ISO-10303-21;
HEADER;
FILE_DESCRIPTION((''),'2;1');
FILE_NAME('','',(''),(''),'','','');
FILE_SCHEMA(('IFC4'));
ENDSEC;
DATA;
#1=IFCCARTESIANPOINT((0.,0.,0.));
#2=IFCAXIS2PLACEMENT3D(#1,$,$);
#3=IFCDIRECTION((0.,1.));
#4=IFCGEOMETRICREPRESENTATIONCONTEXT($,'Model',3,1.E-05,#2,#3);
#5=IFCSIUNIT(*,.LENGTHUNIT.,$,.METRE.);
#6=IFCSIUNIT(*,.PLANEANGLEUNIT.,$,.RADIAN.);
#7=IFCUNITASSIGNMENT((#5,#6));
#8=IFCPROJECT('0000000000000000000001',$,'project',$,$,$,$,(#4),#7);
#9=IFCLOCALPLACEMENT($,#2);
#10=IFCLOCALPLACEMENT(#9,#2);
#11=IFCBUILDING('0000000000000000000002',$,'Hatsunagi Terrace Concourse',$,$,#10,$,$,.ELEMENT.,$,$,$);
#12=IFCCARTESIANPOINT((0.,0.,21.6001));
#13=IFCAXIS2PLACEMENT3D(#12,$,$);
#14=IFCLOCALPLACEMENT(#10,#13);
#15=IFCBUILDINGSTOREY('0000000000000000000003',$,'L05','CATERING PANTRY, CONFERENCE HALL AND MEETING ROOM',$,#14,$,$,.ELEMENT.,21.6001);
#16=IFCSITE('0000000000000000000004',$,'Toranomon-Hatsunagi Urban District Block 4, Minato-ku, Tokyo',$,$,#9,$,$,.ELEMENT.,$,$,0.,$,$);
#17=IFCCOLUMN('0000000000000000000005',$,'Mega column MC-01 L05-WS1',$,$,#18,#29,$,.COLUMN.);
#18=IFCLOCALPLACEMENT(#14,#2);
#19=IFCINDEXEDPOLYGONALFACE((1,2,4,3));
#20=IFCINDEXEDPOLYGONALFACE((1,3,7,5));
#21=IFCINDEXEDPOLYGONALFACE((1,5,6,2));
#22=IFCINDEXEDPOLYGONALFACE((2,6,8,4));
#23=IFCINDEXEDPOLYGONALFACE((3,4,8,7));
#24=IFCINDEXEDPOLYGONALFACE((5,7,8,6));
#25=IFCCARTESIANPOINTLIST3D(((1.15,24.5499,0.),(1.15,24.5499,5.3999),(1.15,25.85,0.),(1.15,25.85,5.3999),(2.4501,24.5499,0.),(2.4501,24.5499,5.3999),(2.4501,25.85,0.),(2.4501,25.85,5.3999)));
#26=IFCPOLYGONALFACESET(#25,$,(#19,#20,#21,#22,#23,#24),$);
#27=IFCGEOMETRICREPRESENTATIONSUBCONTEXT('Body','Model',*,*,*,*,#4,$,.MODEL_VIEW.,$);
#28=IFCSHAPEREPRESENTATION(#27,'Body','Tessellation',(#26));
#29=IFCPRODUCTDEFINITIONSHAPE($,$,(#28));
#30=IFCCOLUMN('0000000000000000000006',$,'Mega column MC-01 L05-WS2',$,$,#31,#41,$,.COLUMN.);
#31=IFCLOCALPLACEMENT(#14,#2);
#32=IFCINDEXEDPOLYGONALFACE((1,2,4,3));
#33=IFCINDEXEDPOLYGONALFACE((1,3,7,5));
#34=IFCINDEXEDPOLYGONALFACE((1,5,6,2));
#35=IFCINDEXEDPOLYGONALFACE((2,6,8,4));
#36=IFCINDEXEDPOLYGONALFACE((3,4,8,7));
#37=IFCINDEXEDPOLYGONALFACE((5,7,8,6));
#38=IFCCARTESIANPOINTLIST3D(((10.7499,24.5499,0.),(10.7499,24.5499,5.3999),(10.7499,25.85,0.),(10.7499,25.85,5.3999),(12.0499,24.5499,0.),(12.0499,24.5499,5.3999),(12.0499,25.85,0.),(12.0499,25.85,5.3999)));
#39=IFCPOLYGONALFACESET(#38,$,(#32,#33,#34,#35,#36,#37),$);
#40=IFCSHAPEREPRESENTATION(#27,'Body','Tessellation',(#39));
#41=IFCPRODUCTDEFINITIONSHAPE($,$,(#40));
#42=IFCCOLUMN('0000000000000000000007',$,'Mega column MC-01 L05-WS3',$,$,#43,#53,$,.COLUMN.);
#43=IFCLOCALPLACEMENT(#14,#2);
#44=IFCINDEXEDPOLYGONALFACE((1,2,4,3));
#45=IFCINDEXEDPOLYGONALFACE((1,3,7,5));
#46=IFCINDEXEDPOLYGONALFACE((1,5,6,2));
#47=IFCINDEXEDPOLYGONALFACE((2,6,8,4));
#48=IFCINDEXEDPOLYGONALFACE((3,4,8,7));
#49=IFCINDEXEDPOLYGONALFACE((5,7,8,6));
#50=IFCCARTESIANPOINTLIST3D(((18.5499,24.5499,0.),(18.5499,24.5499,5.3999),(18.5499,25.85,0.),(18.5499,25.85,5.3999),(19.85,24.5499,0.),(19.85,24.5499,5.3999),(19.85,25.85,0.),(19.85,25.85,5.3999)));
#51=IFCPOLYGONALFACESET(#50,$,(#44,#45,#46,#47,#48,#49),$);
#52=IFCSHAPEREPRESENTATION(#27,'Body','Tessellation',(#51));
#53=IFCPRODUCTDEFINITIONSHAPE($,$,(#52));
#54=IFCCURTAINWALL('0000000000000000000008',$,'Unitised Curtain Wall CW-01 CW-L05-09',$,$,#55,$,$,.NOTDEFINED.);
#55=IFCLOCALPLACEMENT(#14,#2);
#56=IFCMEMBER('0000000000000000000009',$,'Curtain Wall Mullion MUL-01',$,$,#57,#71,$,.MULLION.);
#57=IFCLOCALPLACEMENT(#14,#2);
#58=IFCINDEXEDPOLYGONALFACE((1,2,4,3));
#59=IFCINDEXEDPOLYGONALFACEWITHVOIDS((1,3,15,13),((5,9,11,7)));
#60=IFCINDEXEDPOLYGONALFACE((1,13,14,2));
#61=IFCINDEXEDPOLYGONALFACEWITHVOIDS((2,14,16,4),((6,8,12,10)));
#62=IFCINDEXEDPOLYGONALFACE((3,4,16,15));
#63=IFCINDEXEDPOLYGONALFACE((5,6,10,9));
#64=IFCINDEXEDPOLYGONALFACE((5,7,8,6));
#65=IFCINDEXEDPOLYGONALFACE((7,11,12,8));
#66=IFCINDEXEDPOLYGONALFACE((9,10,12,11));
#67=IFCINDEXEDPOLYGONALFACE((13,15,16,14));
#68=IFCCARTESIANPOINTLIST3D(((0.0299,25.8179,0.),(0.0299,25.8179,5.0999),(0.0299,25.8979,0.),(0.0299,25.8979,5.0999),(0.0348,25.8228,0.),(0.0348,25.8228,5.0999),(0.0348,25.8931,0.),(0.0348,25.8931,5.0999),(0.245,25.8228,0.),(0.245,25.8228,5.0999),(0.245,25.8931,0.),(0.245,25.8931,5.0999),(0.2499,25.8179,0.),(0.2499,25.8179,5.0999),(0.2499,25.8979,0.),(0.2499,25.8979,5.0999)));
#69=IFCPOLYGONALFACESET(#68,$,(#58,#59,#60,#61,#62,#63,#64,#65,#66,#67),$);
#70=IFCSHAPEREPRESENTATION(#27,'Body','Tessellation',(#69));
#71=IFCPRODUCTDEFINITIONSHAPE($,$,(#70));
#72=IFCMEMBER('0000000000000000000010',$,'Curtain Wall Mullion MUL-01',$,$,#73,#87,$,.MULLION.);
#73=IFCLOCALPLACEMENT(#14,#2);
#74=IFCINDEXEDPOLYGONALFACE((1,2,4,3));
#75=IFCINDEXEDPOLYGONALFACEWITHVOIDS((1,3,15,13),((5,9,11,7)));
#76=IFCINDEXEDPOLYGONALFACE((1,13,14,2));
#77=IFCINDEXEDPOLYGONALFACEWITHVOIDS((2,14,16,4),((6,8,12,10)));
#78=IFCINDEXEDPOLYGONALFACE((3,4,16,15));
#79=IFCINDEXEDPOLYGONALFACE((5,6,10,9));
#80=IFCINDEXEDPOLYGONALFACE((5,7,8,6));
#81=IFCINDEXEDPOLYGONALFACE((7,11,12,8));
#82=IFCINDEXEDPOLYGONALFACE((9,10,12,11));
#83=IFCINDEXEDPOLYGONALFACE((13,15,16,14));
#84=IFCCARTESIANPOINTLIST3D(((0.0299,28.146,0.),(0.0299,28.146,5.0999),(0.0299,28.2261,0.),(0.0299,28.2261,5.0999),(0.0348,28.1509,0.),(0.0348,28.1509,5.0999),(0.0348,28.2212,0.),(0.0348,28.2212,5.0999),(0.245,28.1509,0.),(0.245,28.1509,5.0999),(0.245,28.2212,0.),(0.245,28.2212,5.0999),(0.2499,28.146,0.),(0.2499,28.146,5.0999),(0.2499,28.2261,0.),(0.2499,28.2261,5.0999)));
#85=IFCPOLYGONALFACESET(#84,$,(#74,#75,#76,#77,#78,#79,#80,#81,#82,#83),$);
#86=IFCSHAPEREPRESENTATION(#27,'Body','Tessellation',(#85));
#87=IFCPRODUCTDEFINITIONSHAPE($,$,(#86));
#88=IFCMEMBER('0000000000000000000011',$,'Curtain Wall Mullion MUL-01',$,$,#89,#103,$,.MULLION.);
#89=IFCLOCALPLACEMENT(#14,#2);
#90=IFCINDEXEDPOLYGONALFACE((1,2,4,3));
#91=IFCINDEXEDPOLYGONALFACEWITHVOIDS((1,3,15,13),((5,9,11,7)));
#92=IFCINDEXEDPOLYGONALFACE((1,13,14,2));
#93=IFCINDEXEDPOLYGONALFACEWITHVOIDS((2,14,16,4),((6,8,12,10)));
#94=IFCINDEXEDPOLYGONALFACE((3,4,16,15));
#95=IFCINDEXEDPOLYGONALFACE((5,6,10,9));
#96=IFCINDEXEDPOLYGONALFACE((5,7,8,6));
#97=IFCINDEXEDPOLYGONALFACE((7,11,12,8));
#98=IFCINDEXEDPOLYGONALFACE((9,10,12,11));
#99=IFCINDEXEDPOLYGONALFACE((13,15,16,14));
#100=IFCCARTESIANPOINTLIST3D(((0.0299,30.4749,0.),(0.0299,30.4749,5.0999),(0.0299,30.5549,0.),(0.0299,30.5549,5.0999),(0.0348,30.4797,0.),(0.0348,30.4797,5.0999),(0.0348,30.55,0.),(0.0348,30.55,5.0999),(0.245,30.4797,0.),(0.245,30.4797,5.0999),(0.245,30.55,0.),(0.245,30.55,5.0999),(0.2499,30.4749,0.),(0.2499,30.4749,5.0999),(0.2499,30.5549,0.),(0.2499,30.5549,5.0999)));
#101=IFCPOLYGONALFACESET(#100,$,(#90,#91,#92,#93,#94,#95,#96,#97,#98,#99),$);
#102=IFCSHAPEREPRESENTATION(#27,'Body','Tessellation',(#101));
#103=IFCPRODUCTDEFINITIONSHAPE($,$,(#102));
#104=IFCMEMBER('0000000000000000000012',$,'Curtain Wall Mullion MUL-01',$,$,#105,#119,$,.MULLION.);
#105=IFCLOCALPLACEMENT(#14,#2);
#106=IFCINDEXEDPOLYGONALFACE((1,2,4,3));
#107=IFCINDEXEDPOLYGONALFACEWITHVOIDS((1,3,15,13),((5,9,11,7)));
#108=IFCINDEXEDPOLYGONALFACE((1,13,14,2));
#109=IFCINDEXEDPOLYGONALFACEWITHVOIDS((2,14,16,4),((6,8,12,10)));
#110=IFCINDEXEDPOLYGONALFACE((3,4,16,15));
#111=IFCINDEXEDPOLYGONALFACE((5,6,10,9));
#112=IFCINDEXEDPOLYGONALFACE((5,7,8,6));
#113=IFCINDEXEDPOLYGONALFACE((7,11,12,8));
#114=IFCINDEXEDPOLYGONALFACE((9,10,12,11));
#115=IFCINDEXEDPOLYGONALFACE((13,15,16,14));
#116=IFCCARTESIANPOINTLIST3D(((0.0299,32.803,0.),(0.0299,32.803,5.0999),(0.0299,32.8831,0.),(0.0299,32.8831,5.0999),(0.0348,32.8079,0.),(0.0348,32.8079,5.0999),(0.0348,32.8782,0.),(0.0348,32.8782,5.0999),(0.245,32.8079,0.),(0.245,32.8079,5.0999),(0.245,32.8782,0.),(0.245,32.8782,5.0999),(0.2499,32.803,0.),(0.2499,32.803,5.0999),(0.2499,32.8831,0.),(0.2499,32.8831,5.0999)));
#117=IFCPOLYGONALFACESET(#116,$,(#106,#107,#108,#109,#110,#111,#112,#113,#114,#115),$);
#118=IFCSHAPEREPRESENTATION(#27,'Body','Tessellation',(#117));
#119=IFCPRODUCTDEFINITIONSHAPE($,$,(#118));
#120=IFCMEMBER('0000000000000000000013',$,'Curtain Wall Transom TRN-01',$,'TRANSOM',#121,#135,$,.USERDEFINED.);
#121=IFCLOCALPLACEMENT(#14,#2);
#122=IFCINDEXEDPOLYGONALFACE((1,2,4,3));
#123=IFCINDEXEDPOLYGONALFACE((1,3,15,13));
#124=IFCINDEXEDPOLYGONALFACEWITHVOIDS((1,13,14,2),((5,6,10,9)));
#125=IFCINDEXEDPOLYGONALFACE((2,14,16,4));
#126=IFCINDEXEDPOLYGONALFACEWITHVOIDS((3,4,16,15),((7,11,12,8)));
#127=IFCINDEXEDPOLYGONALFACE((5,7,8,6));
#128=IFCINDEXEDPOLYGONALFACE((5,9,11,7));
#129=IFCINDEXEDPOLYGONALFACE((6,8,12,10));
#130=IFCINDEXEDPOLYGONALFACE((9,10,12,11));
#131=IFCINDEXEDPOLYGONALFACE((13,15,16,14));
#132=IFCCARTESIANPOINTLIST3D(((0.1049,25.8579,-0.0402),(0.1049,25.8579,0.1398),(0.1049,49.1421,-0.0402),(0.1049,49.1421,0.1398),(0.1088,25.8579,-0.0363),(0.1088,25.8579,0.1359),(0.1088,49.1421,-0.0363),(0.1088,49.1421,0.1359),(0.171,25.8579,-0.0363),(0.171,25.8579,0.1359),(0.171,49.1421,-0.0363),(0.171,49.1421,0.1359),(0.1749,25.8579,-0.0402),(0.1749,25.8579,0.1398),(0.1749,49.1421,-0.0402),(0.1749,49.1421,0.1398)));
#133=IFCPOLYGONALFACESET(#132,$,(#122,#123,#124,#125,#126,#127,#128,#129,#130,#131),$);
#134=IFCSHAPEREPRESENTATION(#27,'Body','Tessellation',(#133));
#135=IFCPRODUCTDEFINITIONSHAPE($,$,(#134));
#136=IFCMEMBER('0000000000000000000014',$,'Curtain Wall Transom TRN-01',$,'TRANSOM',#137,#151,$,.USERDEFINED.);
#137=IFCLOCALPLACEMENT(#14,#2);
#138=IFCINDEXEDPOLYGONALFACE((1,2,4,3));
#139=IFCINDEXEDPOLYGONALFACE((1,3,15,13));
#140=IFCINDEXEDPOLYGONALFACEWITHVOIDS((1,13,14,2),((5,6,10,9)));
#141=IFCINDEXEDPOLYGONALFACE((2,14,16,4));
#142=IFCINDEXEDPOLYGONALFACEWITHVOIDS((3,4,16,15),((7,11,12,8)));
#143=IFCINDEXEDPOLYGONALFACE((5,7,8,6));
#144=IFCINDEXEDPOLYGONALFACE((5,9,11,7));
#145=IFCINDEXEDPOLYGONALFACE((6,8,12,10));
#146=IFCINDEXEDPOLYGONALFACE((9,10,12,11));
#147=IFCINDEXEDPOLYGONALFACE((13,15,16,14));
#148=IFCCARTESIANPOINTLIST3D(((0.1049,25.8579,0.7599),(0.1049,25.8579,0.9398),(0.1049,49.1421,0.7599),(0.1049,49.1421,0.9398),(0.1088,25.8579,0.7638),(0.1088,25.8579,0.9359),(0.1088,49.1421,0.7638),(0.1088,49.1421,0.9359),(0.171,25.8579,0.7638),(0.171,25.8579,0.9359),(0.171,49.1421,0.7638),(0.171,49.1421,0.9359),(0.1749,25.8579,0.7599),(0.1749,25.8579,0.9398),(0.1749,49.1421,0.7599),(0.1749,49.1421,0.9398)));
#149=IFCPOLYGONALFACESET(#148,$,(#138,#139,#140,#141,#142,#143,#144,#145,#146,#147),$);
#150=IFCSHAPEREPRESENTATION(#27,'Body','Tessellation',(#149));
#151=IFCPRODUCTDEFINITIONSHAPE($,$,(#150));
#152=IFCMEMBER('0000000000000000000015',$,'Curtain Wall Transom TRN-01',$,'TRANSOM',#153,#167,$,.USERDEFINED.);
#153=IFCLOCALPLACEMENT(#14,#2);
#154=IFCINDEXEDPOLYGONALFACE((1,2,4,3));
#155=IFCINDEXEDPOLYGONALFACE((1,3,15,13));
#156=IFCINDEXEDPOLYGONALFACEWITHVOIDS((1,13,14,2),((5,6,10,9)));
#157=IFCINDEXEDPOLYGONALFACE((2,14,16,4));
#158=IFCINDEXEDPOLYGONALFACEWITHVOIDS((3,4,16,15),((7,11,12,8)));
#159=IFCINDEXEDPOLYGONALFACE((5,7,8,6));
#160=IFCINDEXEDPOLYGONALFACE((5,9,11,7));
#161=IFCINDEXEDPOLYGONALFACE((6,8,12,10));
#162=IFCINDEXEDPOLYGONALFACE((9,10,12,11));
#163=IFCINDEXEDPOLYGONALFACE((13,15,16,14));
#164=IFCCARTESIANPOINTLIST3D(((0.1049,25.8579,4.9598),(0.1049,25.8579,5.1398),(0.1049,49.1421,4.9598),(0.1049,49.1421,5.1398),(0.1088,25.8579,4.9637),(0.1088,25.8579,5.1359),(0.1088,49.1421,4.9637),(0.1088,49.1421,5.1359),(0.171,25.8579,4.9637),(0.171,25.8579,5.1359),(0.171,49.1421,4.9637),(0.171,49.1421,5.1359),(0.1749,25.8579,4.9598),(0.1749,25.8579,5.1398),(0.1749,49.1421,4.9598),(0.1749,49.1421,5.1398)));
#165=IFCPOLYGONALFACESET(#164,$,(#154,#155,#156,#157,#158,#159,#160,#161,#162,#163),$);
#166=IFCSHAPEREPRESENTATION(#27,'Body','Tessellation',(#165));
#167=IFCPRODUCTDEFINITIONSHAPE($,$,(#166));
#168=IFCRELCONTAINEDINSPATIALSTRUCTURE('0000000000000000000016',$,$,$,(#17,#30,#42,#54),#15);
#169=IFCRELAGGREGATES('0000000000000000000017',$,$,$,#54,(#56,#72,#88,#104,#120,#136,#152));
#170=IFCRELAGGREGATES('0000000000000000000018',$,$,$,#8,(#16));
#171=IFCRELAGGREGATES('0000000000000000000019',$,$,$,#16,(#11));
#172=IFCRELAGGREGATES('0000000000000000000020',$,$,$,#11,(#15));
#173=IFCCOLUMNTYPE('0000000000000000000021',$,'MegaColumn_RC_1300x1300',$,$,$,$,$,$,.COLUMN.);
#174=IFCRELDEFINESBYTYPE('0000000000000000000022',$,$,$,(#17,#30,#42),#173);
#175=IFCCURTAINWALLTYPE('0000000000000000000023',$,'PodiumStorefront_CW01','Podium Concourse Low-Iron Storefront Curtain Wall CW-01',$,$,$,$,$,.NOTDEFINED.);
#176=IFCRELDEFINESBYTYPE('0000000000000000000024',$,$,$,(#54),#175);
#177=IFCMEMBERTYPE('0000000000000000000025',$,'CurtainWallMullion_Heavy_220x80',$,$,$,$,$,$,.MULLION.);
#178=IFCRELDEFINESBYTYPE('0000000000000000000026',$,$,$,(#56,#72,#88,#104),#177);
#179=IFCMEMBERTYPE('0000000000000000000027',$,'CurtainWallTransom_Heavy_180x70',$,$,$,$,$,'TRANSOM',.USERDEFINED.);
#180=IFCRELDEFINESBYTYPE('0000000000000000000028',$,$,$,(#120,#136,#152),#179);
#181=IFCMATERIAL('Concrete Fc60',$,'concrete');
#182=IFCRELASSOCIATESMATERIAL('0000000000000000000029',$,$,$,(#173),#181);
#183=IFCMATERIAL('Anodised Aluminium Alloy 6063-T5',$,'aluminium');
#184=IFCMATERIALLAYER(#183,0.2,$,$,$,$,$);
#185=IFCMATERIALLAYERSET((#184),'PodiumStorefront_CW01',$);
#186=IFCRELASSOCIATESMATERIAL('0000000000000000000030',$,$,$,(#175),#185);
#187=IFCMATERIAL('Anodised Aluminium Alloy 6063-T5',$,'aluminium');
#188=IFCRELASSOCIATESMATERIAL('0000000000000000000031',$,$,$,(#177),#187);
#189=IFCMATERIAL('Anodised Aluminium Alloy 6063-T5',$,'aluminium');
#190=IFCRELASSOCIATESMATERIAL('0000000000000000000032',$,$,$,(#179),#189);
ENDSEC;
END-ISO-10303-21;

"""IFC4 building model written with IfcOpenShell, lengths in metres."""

from ifc_helpers import new_model, si_unit, direction, frame, origin, origin_2d, place, context, subcontext, project, spatial, rectangle, hollow_rectangle, extrude, material, layer, layer_set, material_profile, profile_set, type_object, element, aggregate, save


model = new_model("IFC4")

# Units and contexts
model_context = context("Model", 3, precision=1e-05, world=origin(), true_north=direction((0.0, 1.0)))
body_context = subcontext(model_context, "Body", "Model", "MODEL_VIEW")
ifc_project = project(units=[si_unit("LENGTHUNIT", "METRE"), si_unit("PLANEANGLEUNIT", "RADIAN")], contexts=[model_context])

# Site, building, storey
site_placement = place(None, origin())
site = spatial("IfcSite", under=ifc_project, at=site_placement, Name="Toranomon-Hatsunagi Urban District Block 4, Minato-ku, Tokyo", CompositionType="ELEMENT", RefElevation=0.0)
building_placement = place(site_placement, origin())
building = spatial("IfcBuilding", under=site, at=building_placement, Name="Hatsunagi Terrace Concourse", CompositionType="ELEMENT")
storey_placement = place(building_placement, frame((0.0, 0.0, 21.6001)))
storey = spatial("IfcBuildingStorey", under=building, at=storey_placement, Name="L05", Description="CATERING PANTRY, CONFERENCE HALL AND MEETING ROOM", CompositionType="ELEMENT", Elevation=21.6001)

# Columns
ifc_material_1 = material(Name="Concrete Fc60", Category="concrete")
ifc_material_profile_1 = material_profile(ifc_material_1, rectangle(XDim=1.3, YDim=1.3, at=origin_2d()), Name="RC-1300x1300")
ifc_profile_set_1 = profile_set([ifc_material_profile_1], Name="Concrete Fc60")
column_type = type_object("IfcColumnType", Name="MegaColumn_RC_1300x1300", PredefinedType="COLUMN", material=ifc_profile_set_1)
for number, where, z_axis, x_axis, name in (
    (1, (1.8, 25.2, 0.0), (0.0, 0.0, 1.0), (1.0, 0.0, 0.0), "Mega column MC-01 L05-WS1"),
    (2, (11.3999, 25.2, 0.0), (0.0, 0.0, 1.0), (1.0, 0.0, 0.0), "Mega column MC-01 L05-WS2"),
    (3, (19.2, 25.2, 0.0), (0.0, 0.0, 1.0), (1.0, 0.0, 0.0), "Mega column MC-01 L05-WS3"),
):
    element("IfcColumn", number, at=place(storey_placement, frame(where, z_axis=z_axis, x_axis=x_axis)), inside=storey, type_object=column_type, Name=name, PredefinedType="COLUMN", context=body_context, shape_type="SweptSolid", body=[
        extrude(rectangle(XDim=1.3, YDim=1.3, at=origin_2d()), origin(), (0.0, 0.0, 1.0), 5.3999),
    ])

# Curtain wall, members
ifc_material_2 = material(Name="Anodised Aluminium Alloy 6063-T5", Category="aluminium")
ifc_layer_1 = layer(ifc_material_2, 0.2)
ifc_layer_set_1 = layer_set([ifc_layer_1], Name="PodiumStorefront_CW01")
curtain_wall_type = type_object("IfcCurtainWallType", Name="PodiumStorefront_CW01", Description="Podium Concourse Low-Iron Storefront Curtain Wall CW-01", PredefinedType="NOTDEFINED", material=ifc_layer_set_1)
curtain_wall_placement = place(storey_placement, origin())
curtain_wall = element("IfcCurtainWall", 4, at=curtain_wall_placement, inside=storey, type_object=curtain_wall_type, Name="Unitised Curtain Wall CW-01 CW-L05-09", PredefinedType="NOTDEFINED")
ifc_material_3 = material(Name="Anodised Aluminium Alloy 6063-T5", Category="aluminium")
ifc_material_profile_2 = material_profile(ifc_material_3, hollow_rectangle(XDim=0.0801, YDim=0.22, WallThickness=0.0049, at=origin_2d()), Name="ALU-MUL-220x80x5")
ifc_profile_set_2 = profile_set([ifc_material_profile_2], Name="Anodised Aluminium Alloy 6063-T5")
member_type_1 = type_object("IfcMemberType", Name="CurtainWallMullion_Heavy_220x80", PredefinedType="MULLION", material=ifc_profile_set_2)
member_1_placement = place(storey_placement, frame((0.1399, 25.8579, 0.0), z_axis=(0.0, 0.0, 1.0), x_axis=(0.0, 1.0, 0.0)))
member_1 = element("IfcMember", 5, at=member_1_placement, type_object=member_type_1, Name="Curtain Wall Mullion MUL-01", PredefinedType="MULLION", context=body_context, shape_type="SweptSolid", body=[
    extrude(hollow_rectangle(XDim=0.0801, YDim=0.22, WallThickness=0.0049, at=origin_2d()), origin(), (0.0, 0.0, 1.0), 5.0999),
])
member_2_placement = place(storey_placement, frame((0.1399, 28.186, 0.0), z_axis=(0.0, 0.0, 1.0), x_axis=(0.0, 1.0, 0.0)))
member_2 = element("IfcMember", 6, at=member_2_placement, type_object=member_type_1, Name="Curtain Wall Mullion MUL-01", PredefinedType="MULLION", context=body_context, shape_type="SweptSolid", body=[
    extrude(hollow_rectangle(XDim=0.0801, YDim=0.22, WallThickness=0.0049, at=origin_2d()), origin(), (0.0, 0.0, 1.0), 5.0999),
])
member_3_placement = place(storey_placement, frame((0.1399, 30.5149, 0.0), z_axis=(0.0, 0.0, 1.0), x_axis=(0.0, 1.0, 0.0)))
member_3 = element("IfcMember", 7, at=member_3_placement, type_object=member_type_1, Name="Curtain Wall Mullion MUL-01", PredefinedType="MULLION", context=body_context, shape_type="SweptSolid", body=[
    extrude(hollow_rectangle(XDim=0.0801, YDim=0.22, WallThickness=0.0049, at=origin_2d()), origin(), (0.0, 0.0, 1.0), 5.0999),
])
member_4_placement = place(storey_placement, frame((0.1399, 32.843, 0.0), z_axis=(0.0, 0.0, 1.0), x_axis=(0.0, 1.0, 0.0)))
member_4 = element("IfcMember", 8, at=member_4_placement, type_object=member_type_1, Name="Curtain Wall Mullion MUL-01", PredefinedType="MULLION", context=body_context, shape_type="SweptSolid", body=[
    extrude(hollow_rectangle(XDim=0.0801, YDim=0.22, WallThickness=0.0049, at=origin_2d()), origin(), (0.0, 0.0, 1.0), 5.0999),
])
ifc_material_4 = material(Name="Anodised Aluminium Alloy 6063-T5", Category="aluminium")
ifc_material_profile_3 = material_profile(ifc_material_4, hollow_rectangle(XDim=0.0701, YDim=0.1799, WallThickness=0.0039, at=origin_2d()), Name="ALU-TRN-180x70x4")
ifc_profile_set_3 = profile_set([ifc_material_profile_3], Name="Anodised Aluminium Alloy 6063-T5")
member_type_2 = type_object("IfcMemberType", Name="CurtainWallTransom_Heavy_180x70", ElementType="TRANSOM", PredefinedType="USERDEFINED", material=ifc_profile_set_3)
member_5_placement = place(storey_placement, frame((0.1399, 25.8579, 0.0498), z_axis=(0.0, 1.0, 0.0), x_axis=(-1.0, 0.0, 0.0)))
member_5 = element("IfcMember", 9, at=member_5_placement, type_object=member_type_2, Name="Curtain Wall Transom TRN-01", ObjectType="TRANSOM", PredefinedType="USERDEFINED", context=body_context, shape_type="SweptSolid", body=[
    extrude(hollow_rectangle(XDim=0.0701, YDim=0.1799, WallThickness=0.0039, at=origin_2d()), origin(), (0.0, 0.0, 1.0), 23.2842),
])
member_6_placement = place(storey_placement, frame((0.1399, 25.8579, 0.8499), z_axis=(0.0, 1.0, 0.0), x_axis=(-1.0, 0.0, 0.0)))
member_6 = element("IfcMember", 10, at=member_6_placement, type_object=member_type_2, Name="Curtain Wall Transom TRN-01", ObjectType="TRANSOM", PredefinedType="USERDEFINED", context=body_context, shape_type="SweptSolid", body=[
    extrude(hollow_rectangle(XDim=0.0701, YDim=0.1799, WallThickness=0.0039, at=origin_2d()), origin(), (0.0, 0.0, 1.0), 23.2842),
])
member_7_placement = place(storey_placement, frame((0.1399, 25.8579, 5.0498), z_axis=(0.0, 1.0, 0.0), x_axis=(-1.0, 0.0, 0.0)))
member_7 = element("IfcMember", 11, at=member_7_placement, type_object=member_type_2, Name="Curtain Wall Transom TRN-01", ObjectType="TRANSOM", PredefinedType="USERDEFINED", context=body_context, shape_type="SweptSolid", body=[
    extrude(hollow_rectangle(XDim=0.0701, YDim=0.1799, WallThickness=0.0039, at=origin_2d()), origin(), (0.0, 0.0, 1.0), 23.2842),
])

aggregate(curtain_wall, [member_1, member_2, member_3, member_4, member_5, member_6, member_7])

save(model, "model.ifc")
